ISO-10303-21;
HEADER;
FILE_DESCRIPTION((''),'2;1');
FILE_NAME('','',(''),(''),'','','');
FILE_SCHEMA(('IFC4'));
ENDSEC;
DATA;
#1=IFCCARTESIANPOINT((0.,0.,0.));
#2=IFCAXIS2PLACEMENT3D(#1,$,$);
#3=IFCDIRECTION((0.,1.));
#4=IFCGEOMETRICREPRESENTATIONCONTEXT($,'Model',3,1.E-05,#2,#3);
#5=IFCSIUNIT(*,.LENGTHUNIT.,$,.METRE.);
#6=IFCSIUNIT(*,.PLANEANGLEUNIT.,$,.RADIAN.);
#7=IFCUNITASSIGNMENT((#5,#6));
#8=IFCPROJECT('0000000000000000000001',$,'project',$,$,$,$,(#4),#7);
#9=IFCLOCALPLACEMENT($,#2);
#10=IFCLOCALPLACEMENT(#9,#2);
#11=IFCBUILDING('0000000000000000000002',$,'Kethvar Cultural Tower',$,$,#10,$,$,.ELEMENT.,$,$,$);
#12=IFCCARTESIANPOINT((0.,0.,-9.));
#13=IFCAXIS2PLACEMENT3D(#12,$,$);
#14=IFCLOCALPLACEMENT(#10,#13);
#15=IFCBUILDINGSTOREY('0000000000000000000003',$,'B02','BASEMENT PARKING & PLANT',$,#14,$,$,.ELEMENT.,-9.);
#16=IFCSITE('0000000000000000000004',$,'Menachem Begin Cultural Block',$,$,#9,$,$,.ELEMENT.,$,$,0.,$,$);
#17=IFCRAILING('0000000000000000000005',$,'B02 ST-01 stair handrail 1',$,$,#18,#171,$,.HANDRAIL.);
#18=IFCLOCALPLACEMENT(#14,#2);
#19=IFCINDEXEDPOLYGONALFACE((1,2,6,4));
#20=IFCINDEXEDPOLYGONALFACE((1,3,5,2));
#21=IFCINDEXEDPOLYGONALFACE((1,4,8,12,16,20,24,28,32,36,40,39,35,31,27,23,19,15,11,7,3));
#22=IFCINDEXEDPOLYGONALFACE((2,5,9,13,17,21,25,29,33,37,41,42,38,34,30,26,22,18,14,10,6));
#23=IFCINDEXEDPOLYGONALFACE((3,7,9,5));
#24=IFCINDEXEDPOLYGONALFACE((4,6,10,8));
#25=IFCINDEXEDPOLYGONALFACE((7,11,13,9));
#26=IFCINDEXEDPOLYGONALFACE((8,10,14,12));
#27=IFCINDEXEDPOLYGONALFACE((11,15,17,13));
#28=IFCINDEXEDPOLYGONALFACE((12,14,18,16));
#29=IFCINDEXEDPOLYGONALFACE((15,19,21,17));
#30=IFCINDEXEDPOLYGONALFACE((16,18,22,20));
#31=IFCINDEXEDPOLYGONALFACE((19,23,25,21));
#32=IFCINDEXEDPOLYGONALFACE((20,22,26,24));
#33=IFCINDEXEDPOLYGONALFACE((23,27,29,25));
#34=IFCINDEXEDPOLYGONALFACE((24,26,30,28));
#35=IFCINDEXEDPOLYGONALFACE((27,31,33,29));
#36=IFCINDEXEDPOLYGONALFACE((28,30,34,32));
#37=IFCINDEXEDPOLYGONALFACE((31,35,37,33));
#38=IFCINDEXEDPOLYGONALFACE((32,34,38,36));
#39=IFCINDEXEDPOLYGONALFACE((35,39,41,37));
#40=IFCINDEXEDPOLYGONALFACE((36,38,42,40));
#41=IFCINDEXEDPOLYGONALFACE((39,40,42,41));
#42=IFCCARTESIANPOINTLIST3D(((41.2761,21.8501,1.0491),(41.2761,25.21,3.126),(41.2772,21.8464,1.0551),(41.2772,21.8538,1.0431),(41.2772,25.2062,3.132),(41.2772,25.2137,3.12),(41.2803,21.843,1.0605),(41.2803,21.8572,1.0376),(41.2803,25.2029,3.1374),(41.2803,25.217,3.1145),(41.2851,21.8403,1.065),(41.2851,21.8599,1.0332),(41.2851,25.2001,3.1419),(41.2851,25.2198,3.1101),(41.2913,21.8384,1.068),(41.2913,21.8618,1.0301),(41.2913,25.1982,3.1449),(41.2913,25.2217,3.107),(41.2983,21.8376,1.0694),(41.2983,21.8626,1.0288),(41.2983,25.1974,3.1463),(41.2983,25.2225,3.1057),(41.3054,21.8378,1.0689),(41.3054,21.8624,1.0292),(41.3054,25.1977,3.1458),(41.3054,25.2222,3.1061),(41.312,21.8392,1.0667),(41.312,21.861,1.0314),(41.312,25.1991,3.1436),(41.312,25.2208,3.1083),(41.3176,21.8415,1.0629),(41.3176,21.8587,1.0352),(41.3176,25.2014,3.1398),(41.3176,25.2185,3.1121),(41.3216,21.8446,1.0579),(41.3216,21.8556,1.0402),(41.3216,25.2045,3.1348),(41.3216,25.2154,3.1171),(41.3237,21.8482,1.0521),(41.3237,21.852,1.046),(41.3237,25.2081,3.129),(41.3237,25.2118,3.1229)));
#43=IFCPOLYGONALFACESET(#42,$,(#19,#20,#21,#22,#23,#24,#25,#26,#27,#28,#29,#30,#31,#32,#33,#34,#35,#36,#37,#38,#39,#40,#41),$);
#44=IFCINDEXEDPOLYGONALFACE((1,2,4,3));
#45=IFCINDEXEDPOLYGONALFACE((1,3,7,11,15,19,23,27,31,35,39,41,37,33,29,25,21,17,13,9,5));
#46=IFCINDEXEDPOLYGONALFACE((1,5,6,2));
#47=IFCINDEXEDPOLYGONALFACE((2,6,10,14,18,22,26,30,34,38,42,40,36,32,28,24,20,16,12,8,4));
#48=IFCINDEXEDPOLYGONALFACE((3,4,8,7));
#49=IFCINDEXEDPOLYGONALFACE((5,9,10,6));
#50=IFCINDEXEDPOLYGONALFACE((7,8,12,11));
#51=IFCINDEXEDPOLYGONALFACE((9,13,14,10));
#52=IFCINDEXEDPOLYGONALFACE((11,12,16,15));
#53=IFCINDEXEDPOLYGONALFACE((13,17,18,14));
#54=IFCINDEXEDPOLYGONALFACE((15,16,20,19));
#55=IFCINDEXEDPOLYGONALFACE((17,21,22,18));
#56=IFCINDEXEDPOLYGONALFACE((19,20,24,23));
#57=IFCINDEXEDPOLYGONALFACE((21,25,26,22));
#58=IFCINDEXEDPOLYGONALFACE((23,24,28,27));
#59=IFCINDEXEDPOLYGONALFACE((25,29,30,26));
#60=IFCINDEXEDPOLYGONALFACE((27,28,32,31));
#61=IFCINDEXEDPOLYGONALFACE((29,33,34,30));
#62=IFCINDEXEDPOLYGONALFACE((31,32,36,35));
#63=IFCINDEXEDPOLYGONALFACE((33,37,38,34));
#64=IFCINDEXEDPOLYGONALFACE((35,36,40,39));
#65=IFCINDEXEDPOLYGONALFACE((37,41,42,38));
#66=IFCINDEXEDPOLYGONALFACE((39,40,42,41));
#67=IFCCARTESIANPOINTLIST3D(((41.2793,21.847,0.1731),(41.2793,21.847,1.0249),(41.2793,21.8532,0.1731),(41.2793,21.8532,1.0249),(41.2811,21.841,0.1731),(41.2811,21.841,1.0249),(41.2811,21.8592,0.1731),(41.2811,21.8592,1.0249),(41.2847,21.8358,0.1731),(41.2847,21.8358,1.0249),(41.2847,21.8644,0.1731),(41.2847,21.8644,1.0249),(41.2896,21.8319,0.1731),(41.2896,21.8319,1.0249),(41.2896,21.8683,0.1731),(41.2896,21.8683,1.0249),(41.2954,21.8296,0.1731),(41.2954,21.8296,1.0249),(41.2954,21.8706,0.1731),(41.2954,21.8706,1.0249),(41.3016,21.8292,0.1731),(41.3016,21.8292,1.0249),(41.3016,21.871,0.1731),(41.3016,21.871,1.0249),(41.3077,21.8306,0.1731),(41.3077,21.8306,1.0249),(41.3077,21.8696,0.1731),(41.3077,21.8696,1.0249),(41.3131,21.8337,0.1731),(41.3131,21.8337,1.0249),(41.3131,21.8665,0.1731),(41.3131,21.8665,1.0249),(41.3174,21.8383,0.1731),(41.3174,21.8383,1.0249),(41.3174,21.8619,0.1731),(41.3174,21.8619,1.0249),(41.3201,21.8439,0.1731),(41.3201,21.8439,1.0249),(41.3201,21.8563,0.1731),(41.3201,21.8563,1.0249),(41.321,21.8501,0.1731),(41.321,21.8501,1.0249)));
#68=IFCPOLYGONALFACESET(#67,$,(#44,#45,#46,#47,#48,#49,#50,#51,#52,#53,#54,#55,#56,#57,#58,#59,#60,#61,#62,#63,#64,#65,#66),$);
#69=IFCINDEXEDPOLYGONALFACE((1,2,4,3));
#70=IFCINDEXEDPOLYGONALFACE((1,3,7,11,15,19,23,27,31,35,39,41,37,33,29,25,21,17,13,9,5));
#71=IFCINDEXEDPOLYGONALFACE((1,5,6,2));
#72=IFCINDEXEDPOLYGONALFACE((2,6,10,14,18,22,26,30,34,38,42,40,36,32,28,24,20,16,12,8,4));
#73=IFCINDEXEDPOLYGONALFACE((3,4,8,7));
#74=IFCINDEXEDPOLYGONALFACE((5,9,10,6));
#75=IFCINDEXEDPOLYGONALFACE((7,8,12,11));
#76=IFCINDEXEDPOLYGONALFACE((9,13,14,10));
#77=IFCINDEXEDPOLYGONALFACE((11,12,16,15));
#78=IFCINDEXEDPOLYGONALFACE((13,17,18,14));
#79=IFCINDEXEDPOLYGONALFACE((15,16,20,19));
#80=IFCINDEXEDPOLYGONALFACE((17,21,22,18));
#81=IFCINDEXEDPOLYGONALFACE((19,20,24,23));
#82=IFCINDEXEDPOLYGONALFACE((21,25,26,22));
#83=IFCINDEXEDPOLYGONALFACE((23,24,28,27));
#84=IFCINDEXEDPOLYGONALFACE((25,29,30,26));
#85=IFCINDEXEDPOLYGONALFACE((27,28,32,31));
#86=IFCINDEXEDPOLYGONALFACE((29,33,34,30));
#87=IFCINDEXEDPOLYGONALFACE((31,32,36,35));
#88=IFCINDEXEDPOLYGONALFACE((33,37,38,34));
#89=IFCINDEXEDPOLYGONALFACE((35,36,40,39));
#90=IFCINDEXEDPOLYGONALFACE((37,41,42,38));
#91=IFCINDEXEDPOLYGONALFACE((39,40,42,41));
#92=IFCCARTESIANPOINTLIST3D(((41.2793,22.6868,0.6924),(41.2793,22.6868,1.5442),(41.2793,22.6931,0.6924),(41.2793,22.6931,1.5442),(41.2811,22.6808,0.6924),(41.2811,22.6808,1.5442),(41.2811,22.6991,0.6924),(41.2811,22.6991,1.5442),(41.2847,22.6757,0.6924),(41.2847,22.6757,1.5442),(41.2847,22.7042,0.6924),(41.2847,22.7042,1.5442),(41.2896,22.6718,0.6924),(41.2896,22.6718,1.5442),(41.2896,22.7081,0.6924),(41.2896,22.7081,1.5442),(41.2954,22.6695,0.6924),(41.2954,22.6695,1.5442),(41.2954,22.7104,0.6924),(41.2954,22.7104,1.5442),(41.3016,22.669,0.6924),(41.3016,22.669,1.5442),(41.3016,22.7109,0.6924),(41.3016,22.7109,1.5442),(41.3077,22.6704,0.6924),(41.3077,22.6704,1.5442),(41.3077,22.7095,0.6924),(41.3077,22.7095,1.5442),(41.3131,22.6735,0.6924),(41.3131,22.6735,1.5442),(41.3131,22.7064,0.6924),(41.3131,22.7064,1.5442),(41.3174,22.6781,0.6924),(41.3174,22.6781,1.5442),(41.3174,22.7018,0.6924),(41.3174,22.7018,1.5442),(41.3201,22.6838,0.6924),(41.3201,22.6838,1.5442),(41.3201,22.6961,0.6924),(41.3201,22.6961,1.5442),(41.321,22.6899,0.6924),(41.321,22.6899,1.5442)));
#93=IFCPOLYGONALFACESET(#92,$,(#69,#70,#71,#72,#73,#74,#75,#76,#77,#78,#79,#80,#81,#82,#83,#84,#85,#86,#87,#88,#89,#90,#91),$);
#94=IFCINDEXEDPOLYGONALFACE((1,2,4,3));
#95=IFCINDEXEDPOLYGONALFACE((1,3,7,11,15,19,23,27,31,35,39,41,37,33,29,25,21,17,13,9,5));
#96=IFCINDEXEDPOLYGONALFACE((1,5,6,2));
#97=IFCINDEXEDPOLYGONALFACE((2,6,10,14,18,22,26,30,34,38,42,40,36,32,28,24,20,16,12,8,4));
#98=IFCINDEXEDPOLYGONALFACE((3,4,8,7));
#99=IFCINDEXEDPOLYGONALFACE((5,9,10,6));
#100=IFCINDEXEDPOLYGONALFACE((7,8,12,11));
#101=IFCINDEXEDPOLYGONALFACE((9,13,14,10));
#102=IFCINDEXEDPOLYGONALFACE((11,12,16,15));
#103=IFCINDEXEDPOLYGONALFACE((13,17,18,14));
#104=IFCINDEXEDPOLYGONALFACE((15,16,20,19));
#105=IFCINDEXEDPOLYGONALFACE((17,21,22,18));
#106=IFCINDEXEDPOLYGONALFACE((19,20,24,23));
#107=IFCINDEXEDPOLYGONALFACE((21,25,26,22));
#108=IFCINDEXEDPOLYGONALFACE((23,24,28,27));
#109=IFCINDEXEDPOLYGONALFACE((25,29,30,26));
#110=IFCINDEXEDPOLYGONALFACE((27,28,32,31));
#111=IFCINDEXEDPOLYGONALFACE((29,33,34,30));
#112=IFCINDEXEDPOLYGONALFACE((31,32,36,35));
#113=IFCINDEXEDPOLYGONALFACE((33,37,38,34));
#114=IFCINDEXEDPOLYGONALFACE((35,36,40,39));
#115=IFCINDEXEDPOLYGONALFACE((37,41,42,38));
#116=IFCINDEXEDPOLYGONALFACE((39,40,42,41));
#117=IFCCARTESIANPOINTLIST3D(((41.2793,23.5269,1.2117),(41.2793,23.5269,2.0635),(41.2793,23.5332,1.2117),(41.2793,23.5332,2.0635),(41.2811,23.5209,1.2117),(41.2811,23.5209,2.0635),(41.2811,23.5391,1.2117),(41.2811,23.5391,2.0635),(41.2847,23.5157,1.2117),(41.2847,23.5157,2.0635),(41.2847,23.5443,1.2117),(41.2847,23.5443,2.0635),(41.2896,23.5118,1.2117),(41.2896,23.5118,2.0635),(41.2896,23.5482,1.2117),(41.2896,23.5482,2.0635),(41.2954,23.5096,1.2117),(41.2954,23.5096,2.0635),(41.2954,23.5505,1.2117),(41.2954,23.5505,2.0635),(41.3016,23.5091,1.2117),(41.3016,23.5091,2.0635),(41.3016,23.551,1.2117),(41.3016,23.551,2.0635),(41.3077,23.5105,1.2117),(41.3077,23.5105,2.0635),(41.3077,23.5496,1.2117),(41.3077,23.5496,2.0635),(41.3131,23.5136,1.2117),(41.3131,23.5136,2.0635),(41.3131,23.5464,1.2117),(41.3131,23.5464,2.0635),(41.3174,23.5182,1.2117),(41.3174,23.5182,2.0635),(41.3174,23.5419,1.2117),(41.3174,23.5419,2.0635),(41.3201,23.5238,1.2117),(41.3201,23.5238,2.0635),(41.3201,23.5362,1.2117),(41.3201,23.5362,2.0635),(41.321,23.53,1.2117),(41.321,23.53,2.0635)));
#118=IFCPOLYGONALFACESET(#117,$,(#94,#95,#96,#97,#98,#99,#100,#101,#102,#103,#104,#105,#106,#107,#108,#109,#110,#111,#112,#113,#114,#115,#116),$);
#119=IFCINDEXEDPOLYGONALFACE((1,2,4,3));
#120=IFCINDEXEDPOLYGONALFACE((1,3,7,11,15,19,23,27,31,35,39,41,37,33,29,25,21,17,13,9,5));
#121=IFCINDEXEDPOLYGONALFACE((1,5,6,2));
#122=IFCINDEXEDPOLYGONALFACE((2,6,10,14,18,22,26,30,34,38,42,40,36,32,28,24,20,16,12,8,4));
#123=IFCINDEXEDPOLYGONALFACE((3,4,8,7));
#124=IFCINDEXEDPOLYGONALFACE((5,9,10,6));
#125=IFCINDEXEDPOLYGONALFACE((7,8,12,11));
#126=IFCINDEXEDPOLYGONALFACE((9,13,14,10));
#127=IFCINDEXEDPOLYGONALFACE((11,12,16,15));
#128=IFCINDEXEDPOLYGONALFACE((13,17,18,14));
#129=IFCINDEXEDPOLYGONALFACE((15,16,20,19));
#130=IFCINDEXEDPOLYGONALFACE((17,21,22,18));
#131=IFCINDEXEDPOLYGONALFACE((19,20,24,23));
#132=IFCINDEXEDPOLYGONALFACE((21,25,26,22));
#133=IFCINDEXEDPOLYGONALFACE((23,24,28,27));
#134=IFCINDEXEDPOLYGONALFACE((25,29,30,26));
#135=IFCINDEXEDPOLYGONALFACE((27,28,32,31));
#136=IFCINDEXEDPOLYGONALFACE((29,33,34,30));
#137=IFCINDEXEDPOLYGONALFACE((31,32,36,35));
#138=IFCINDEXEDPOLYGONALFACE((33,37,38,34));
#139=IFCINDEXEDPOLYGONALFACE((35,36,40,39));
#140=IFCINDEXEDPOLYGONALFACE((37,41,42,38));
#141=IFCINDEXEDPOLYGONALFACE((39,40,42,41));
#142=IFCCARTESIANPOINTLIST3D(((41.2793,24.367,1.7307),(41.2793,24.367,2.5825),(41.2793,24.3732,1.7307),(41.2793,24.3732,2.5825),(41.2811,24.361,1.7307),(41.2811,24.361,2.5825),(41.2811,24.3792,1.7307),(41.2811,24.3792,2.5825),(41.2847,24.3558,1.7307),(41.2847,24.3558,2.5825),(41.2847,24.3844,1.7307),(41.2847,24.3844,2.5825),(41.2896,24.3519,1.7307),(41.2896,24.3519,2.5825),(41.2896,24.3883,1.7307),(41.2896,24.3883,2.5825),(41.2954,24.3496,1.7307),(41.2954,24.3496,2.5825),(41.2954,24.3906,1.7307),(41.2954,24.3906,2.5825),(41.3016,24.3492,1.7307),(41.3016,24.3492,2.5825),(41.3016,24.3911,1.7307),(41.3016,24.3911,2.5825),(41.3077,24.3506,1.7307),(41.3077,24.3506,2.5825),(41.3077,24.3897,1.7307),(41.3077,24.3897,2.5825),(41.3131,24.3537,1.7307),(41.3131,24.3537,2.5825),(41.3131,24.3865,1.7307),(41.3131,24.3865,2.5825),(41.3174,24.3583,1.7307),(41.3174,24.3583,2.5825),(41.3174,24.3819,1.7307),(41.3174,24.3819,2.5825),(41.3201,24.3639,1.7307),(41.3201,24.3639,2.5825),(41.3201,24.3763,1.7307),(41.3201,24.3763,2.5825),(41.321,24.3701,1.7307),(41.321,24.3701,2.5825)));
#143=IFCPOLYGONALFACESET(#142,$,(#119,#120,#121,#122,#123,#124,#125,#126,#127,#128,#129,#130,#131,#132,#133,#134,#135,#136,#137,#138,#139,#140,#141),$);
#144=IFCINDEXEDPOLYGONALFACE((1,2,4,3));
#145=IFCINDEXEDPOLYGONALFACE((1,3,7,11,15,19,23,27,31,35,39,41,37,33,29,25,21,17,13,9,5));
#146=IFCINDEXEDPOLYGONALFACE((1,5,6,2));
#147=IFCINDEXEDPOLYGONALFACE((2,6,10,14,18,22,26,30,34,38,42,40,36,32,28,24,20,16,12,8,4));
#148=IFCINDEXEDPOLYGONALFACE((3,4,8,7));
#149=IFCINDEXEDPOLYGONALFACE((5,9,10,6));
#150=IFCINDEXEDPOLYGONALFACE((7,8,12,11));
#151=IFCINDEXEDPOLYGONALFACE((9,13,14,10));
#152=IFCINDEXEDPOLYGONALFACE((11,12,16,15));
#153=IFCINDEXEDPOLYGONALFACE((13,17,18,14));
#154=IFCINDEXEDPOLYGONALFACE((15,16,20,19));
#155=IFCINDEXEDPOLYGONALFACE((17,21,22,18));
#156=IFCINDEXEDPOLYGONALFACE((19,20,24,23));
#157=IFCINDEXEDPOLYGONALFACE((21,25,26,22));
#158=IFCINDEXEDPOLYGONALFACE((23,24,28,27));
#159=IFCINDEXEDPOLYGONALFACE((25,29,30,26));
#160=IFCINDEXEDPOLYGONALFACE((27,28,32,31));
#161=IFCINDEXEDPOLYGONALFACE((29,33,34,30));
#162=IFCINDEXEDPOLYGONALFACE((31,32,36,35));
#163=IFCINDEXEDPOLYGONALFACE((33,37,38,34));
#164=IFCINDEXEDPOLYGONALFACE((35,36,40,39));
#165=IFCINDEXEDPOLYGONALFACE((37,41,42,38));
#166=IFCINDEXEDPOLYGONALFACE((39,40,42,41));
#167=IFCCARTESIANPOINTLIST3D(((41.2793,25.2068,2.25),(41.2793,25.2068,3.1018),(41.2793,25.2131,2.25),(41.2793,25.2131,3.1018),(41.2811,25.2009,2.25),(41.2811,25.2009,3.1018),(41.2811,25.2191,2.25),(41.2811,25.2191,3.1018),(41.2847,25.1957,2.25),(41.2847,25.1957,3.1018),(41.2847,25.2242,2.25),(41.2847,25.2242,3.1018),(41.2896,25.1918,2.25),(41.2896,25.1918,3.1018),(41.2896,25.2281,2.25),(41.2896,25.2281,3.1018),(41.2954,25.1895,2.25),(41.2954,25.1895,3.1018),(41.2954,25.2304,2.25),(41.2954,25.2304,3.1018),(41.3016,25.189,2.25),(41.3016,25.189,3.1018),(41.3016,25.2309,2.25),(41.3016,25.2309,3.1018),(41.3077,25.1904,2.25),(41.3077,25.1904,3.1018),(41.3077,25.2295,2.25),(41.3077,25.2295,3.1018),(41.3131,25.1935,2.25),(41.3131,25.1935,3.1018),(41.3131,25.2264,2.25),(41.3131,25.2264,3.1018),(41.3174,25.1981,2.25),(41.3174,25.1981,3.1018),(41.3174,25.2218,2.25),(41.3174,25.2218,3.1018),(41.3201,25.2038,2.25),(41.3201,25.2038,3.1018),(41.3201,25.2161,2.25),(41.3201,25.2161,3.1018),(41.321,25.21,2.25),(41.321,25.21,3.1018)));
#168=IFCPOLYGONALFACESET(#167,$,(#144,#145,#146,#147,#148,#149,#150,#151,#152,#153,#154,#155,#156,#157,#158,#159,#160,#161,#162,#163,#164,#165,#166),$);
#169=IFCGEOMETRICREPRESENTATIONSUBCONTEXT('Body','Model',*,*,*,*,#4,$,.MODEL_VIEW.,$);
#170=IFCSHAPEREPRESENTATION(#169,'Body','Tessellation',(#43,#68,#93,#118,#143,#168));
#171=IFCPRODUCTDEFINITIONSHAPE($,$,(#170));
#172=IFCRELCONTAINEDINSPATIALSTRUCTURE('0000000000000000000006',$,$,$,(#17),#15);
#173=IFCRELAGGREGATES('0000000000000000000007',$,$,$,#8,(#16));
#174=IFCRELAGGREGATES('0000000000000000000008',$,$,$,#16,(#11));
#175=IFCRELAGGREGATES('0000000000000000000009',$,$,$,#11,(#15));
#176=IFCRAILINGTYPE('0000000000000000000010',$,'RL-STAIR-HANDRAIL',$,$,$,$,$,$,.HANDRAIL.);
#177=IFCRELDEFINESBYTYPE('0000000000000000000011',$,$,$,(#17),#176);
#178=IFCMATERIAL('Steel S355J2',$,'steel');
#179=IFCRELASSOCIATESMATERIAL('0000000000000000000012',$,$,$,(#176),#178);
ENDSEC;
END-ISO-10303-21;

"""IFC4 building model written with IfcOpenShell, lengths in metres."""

from ifc_helpers import new_model, si_unit, direction, frame, origin, origin_2d, place, context, subcontext, project, spatial, circle, extrude, material, type_object, element, save


model = new_model("IFC4")

# Units and contexts
model_context = context("Model", 3, precision=1e-05, world=origin(), true_north=direction((0.0, 1.0)))
body_context = subcontext(model_context, "Body", "Model", "MODEL_VIEW")
ifc_project = project(units=[si_unit("LENGTHUNIT", "METRE"), si_unit("PLANEANGLEUNIT", "RADIAN")], contexts=[model_context])

# Site, building, storey
site_placement = place(None, origin())
site = spatial("IfcSite", under=ifc_project, at=site_placement, Name="Menachem Begin Cultural Block", CompositionType="ELEMENT", RefElevation=0.0)
building_placement = place(site_placement, origin())
building = spatial("IfcBuilding", under=site, at=building_placement, Name="Kethvar Cultural Tower", CompositionType="ELEMENT")
storey_placement = place(building_placement, frame((0.0, 0.0, -9.0)))
storey = spatial("IfcBuildingStorey", under=building, at=storey_placement, Name="B02", Description="BASEMENT PARKING & PLANT", CompositionType="ELEMENT", Elevation=-9.0)

# Shared definitions
ifc_material_1 = material(Name="Steel S355J2", Category="steel")

# Railing
railing_type_1 = type_object("IfcRailingType", Name="RL-STAIR-HANDRAIL", PredefinedType="HANDRAIL", material=ifc_material_1)
railing_1_placement = place(storey_placement, frame((41.3, 21.8501, 0.1731)))
element("IfcRailing", 1, at=railing_1_placement, inside=storey, type_object=railing_type_1, Name="B02 ST-01 stair handrail 1", PredefinedType="HANDRAIL", context=body_context, shape_type="SweptSolid", body=[
    extrude(circle(Radius=0.0239, at=origin_2d()), frame((0.0, 0.0, 0.876), z_axis=(0.0, 0.850606, 0.525803), x_axis=(-1.0, 0.0, 0.0)), (0.0, 0.0, 1.0), 3.95),
    extrude(circle(Radius=0.021, at=origin_2d()), origin(), (0.0, 0.0, 1.0), 0.8518),
    extrude(circle(Radius=0.021, at=origin_2d()), frame((0.0, 0.8398, 0.5193)), (0.0, 0.0, 1.0), 0.8518),
    extrude(circle(Radius=0.021, at=origin_2d()), frame((0.0, 1.6799, 1.0386)), (0.0, 0.0, 1.0), 0.8518),
    extrude(circle(Radius=0.021, at=origin_2d()), frame((0.0, 2.52, 1.5576)), (0.0, 0.0, 1.0), 0.8518),
    extrude(circle(Radius=0.021, at=origin_2d()), frame((0.0, 3.3599, 2.0769)), (0.0, 0.0, 1.0), 0.8518),
])

save(model, "model.ifc")
